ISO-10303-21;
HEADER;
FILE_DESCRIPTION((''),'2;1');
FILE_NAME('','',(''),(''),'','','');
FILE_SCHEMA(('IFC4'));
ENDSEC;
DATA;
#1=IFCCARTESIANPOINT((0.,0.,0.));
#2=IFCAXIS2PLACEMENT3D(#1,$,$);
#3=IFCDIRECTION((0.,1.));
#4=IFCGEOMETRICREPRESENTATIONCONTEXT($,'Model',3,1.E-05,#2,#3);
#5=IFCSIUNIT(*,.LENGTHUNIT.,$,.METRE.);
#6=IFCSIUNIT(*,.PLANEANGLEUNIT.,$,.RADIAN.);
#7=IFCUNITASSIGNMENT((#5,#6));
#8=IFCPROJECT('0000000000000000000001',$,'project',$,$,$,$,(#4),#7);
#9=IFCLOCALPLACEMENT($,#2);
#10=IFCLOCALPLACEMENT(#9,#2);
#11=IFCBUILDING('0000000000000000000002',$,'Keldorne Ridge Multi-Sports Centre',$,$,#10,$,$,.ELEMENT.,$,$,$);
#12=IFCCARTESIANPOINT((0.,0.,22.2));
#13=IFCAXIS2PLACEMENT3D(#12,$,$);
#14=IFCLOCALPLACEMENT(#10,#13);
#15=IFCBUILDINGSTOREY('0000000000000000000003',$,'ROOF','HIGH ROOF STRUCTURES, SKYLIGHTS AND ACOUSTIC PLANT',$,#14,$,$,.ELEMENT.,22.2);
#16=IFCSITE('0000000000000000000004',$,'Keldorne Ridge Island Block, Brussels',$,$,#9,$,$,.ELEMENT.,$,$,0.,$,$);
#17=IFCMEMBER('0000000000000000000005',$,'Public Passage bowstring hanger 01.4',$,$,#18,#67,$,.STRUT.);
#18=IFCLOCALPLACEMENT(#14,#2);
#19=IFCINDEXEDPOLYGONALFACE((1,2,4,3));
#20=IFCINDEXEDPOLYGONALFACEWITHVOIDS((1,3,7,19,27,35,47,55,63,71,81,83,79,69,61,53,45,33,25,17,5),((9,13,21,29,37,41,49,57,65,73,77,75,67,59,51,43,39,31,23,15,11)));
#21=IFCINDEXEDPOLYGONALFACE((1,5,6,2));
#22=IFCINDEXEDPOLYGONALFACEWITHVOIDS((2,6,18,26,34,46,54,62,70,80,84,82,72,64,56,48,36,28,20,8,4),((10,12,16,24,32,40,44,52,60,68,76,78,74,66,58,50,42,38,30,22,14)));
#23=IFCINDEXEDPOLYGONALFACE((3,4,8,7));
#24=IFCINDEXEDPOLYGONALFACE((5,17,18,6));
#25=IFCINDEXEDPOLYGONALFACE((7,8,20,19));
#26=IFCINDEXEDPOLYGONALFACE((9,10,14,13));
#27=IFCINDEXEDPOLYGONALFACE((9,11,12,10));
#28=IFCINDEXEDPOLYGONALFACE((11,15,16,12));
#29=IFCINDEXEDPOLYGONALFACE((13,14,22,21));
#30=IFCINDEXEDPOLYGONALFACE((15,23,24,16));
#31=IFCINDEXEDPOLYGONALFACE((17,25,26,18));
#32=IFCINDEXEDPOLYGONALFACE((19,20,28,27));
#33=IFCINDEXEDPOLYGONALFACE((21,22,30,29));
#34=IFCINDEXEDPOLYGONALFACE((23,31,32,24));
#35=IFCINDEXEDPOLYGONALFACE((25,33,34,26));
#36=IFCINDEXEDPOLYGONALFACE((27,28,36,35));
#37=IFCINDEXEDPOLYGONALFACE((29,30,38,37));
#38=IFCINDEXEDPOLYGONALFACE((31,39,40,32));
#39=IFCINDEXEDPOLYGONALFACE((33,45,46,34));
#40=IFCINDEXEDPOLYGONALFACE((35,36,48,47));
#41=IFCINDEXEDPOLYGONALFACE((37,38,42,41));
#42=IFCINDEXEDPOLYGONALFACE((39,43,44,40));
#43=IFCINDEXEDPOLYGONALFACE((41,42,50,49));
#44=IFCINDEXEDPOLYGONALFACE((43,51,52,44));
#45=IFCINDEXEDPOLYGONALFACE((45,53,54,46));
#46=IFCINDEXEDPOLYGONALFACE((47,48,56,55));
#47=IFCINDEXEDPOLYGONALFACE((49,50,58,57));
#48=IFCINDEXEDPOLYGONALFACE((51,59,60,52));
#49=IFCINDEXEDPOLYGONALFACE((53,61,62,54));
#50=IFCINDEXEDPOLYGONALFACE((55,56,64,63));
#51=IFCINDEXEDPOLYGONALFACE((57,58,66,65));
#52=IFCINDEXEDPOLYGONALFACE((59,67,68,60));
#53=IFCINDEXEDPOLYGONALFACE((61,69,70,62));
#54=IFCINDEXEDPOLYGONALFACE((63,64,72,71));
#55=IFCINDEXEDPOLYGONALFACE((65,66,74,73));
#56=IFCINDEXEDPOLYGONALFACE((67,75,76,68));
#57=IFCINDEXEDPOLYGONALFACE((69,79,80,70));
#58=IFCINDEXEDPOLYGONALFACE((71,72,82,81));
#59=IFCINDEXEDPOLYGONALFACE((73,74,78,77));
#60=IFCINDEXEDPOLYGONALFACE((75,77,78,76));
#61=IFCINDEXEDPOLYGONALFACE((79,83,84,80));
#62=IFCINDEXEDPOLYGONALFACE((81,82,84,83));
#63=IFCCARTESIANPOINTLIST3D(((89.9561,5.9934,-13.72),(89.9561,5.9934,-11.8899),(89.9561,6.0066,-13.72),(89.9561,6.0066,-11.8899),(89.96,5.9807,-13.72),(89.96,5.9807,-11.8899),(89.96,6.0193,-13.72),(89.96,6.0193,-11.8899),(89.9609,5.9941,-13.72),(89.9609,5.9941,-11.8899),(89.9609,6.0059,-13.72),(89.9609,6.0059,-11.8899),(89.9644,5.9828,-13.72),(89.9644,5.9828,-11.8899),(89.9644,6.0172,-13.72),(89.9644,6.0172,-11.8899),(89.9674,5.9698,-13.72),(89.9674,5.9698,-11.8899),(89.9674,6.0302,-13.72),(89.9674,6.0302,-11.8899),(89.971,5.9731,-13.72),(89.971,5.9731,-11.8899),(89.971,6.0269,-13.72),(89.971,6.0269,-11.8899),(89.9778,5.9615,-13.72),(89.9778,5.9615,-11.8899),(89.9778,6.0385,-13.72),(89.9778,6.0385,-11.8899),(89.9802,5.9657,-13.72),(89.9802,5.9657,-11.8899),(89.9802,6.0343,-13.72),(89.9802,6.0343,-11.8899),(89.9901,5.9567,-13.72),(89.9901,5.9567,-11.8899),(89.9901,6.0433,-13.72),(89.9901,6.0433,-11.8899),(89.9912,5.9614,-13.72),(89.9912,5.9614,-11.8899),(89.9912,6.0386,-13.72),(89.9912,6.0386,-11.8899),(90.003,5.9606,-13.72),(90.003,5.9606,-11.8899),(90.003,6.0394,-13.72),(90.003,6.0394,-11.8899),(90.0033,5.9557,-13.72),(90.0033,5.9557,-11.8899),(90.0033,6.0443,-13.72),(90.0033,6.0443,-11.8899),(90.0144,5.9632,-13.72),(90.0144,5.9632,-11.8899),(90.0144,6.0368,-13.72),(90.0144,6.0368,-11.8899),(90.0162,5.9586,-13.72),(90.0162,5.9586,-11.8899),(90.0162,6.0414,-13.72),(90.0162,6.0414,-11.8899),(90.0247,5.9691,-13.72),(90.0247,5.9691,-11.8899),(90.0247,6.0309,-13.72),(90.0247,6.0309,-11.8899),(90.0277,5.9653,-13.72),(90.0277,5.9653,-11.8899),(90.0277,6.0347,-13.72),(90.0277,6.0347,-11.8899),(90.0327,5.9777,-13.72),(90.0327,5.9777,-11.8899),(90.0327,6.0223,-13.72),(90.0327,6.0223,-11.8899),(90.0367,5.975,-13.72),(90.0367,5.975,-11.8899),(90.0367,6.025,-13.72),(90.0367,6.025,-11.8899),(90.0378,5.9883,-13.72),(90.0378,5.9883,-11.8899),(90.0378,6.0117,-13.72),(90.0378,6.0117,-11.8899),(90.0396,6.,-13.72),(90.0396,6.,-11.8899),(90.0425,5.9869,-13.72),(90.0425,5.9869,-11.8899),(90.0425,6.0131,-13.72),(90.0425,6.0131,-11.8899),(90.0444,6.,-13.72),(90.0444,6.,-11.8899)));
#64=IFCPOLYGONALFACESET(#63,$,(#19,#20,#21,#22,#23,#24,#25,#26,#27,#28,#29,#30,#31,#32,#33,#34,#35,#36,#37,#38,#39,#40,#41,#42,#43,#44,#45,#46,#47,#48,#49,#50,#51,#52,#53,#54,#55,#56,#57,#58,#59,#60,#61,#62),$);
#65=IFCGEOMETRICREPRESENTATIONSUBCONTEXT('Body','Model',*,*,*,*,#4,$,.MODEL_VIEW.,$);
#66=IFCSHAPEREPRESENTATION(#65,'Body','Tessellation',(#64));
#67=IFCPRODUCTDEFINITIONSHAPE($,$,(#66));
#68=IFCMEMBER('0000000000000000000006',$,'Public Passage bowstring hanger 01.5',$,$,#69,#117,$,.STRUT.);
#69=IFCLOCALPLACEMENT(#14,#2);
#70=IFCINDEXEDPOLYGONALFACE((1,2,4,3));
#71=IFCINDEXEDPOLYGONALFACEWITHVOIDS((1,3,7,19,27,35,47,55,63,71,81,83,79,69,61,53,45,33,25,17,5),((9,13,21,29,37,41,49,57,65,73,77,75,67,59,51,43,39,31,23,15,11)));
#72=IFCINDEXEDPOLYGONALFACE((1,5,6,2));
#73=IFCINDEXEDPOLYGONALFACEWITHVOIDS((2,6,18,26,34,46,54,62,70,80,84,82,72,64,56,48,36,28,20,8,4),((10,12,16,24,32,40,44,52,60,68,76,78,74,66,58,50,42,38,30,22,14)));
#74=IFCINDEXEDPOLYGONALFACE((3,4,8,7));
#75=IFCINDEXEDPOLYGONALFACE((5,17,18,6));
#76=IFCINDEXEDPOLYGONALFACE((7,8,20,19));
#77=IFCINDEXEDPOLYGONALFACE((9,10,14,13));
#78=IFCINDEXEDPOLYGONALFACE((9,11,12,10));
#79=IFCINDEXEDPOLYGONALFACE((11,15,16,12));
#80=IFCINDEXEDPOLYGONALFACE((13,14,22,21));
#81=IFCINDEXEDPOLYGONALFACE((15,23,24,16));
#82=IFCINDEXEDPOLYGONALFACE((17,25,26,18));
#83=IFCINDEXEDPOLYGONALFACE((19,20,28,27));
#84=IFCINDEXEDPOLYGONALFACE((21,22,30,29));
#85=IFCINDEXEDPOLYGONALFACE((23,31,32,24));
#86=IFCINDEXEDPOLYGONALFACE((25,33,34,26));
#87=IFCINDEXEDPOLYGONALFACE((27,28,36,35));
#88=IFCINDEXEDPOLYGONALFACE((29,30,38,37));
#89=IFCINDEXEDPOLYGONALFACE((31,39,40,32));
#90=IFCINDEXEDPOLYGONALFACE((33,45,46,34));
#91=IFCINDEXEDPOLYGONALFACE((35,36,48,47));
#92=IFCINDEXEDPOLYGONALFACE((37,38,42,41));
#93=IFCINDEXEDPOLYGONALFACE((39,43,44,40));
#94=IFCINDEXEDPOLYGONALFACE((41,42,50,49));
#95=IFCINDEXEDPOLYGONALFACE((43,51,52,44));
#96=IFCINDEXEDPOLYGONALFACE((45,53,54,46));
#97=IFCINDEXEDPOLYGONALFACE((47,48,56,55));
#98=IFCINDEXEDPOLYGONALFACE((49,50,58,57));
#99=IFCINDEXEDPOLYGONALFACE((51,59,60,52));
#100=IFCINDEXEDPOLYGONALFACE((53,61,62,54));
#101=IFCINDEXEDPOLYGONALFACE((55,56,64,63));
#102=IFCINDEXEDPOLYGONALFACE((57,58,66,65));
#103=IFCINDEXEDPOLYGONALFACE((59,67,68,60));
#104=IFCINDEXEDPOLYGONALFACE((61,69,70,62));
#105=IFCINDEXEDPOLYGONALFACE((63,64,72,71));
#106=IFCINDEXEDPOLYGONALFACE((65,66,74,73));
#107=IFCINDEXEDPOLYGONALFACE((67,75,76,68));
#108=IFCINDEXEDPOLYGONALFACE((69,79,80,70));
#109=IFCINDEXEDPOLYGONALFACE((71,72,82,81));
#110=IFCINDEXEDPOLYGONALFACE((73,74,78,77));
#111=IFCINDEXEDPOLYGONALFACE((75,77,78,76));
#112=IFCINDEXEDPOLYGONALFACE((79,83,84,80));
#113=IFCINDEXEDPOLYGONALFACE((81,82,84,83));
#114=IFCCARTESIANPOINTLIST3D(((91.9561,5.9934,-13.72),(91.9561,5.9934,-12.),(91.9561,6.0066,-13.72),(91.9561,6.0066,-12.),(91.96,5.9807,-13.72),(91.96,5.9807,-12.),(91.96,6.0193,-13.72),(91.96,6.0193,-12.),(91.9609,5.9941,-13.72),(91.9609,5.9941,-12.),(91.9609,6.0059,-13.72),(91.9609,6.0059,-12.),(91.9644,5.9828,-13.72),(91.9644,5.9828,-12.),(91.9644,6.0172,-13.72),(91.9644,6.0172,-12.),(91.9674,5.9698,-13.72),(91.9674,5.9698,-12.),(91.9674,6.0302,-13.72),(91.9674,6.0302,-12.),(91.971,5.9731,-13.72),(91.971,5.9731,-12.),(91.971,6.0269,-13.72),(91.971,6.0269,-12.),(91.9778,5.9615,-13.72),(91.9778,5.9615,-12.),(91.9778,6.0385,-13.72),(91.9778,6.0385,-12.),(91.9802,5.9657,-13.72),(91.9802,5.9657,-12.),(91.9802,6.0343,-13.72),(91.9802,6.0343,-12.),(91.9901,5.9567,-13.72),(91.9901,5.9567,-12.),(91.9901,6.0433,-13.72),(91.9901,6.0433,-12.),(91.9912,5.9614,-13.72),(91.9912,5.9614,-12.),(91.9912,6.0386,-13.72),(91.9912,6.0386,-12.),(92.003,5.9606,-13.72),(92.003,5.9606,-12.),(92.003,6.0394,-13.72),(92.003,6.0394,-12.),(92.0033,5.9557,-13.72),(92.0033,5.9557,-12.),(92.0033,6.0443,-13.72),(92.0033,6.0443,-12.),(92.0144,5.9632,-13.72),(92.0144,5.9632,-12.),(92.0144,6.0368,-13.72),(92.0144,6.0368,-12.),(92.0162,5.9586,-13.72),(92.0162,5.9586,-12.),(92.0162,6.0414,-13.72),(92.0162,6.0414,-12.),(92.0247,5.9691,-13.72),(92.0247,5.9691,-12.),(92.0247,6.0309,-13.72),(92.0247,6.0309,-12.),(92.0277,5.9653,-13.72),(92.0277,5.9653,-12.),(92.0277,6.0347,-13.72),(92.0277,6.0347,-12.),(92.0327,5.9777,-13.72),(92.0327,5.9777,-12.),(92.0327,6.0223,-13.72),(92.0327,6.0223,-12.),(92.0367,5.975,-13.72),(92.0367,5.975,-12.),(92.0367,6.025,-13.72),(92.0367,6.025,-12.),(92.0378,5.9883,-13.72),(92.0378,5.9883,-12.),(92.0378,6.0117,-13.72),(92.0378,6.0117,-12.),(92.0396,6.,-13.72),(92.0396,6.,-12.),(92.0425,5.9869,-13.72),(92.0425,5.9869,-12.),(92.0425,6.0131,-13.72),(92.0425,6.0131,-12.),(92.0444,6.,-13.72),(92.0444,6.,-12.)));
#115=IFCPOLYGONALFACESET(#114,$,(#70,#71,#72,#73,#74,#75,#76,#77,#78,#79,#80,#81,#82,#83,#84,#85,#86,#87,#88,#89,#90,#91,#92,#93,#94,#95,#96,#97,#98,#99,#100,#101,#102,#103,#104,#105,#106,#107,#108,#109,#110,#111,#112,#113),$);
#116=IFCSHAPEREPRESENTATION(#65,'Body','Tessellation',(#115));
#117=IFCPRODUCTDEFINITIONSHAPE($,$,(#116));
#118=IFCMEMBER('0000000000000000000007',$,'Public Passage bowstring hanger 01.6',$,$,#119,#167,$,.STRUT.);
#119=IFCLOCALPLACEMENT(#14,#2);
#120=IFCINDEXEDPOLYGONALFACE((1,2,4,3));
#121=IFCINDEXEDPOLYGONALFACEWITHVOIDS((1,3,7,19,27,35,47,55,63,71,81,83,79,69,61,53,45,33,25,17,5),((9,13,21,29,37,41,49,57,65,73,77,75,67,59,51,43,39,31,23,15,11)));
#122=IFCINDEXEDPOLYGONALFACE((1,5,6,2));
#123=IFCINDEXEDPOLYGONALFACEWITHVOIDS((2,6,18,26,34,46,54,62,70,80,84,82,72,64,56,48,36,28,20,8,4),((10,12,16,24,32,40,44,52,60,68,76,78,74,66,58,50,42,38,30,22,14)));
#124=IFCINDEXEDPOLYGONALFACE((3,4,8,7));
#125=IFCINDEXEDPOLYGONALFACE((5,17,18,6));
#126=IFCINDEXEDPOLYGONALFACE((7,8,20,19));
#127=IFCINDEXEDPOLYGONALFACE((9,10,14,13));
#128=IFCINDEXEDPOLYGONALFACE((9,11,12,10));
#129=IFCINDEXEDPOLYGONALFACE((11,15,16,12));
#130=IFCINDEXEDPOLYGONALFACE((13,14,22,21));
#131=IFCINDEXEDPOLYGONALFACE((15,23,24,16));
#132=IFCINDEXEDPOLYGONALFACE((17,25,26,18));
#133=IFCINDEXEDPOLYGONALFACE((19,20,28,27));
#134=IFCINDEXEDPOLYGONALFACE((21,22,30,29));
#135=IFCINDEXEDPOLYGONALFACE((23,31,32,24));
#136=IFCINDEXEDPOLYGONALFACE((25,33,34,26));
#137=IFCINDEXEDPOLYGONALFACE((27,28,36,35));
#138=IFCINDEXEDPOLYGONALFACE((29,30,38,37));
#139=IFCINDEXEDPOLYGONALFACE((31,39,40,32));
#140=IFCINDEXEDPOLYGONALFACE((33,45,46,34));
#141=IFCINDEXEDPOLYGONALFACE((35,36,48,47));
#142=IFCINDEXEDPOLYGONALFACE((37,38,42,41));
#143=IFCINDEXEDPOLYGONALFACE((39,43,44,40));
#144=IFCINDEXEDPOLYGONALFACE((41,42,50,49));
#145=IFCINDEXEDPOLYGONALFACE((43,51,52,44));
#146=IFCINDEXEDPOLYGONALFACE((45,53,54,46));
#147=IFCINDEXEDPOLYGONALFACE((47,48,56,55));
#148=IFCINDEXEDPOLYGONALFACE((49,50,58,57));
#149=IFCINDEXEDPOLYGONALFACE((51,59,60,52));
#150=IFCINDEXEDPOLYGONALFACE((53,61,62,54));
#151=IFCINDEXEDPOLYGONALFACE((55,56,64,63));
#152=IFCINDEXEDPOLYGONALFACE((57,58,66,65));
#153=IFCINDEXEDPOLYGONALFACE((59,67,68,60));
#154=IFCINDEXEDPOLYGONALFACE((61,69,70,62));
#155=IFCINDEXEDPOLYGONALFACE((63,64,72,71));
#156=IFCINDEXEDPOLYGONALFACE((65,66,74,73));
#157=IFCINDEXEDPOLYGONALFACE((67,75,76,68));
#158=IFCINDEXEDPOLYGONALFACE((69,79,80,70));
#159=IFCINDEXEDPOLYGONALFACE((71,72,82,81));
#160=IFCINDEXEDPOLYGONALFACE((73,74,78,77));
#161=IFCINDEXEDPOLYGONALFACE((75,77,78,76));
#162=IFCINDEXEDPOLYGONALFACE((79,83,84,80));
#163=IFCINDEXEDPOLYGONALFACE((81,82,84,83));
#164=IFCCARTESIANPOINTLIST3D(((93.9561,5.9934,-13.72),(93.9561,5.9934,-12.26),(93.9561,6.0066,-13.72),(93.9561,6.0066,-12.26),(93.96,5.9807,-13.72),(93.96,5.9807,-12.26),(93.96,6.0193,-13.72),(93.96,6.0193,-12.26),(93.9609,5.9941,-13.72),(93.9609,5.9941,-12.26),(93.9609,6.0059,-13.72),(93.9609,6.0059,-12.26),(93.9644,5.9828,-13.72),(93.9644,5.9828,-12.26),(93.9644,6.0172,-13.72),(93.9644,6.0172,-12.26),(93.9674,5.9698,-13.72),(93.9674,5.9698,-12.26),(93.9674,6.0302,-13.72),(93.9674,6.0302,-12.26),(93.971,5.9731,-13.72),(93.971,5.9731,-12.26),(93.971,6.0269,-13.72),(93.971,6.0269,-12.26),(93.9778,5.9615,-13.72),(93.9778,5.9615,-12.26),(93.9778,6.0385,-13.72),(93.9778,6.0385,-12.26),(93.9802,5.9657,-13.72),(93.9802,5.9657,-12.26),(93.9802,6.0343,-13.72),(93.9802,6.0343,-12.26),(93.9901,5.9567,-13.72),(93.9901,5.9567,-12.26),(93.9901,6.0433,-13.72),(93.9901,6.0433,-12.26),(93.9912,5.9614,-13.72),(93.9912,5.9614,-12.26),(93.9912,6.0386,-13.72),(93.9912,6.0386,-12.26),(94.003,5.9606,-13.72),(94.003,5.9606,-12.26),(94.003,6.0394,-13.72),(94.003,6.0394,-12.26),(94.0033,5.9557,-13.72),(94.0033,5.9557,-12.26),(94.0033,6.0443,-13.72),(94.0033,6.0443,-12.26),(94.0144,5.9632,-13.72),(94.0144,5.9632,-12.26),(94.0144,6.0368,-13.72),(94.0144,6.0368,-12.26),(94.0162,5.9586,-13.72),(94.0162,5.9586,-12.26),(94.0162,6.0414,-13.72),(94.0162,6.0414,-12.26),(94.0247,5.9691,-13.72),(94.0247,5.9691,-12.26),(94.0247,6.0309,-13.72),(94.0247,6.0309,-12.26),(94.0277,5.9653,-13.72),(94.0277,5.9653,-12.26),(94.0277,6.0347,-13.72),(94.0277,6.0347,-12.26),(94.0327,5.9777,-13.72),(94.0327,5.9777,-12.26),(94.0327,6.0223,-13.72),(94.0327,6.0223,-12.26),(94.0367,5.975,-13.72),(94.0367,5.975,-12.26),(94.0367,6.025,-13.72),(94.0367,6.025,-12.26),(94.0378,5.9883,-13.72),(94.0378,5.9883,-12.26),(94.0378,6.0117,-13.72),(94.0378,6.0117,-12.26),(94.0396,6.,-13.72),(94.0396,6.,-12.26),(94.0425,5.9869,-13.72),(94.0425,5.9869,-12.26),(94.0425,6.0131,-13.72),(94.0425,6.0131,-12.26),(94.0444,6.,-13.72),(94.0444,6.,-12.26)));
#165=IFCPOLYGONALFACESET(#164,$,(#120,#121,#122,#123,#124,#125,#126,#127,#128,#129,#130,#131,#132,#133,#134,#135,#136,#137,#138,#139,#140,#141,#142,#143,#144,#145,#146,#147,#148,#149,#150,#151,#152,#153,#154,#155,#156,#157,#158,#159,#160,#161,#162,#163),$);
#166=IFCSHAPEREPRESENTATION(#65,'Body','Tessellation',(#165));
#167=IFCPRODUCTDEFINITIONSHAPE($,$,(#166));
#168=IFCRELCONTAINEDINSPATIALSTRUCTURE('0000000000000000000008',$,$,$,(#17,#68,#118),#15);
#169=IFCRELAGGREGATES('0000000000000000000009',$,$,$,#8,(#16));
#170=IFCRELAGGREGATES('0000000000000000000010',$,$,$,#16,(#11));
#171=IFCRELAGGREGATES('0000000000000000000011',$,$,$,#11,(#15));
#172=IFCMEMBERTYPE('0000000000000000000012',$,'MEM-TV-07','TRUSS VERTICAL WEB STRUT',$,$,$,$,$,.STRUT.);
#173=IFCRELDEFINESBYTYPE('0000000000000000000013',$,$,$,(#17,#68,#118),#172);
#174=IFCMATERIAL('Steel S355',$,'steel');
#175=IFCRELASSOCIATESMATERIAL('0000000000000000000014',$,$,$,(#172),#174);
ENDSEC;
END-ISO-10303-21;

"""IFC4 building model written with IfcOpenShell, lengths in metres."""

from ifc_helpers import new_model, si_unit, direction, frame, origin, origin_2d, place, context, subcontext, project, spatial, hollow_circle, extrude, material, material_profile, profile_set, type_object, element, save


model = new_model("IFC4")

# Units and contexts
model_context = context("Model", 3, precision=1e-05, world=origin(), true_north=direction((0.0, 1.0)))
body_context = subcontext(model_context, "Body", "Model", "MODEL_VIEW")
ifc_project = project(units=[si_unit("LENGTHUNIT", "METRE"), si_unit("PLANEANGLEUNIT", "RADIAN")], contexts=[model_context])

# Site, building, storey
site_placement = place(None, origin())
site = spatial("IfcSite", under=ifc_project, at=site_placement, Name="Keldorne Ridge Island Block, Brussels", CompositionType="ELEMENT", RefElevation=0.0)
building_placement = place(site_placement, origin())
building = spatial("IfcBuilding", under=site, at=building_placement, Name="Keldorne Ridge Multi-Sports Centre", CompositionType="ELEMENT")
storey_placement = place(building_placement, frame((0.0, 0.0, 22.2)))
storey = spatial("IfcBuildingStorey", under=building, at=storey_placement, Name="ROOF", Description="HIGH ROOF STRUCTURES, SKYLIGHTS AND ACOUSTIC PLANT", CompositionType="ELEMENT", Elevation=22.2)

# Members
ifc_material = material(Name="Steel S355", Category="steel")
ifc_material_profile_1 = material_profile(ifc_material, hollow_circle(Radius=0.0444, WallThickness=0.0049, at=origin_2d()), Name="CHS 88.9x5")
ifc_profile_set_1 = profile_set([ifc_material_profile_1], Name="Steel S355")
member_type_1 = type_object("IfcMemberType", Name="MEM-TV-07", Description="TRUSS VERTICAL WEB STRUT", PredefinedType="STRUT", material=ifc_profile_set_1)
member_1_placement = place(storey_placement, frame((90.0, 6.0, -13.72), z_axis=(0.0, 0.0, 1.0), x_axis=(1.0, 0.0, 0.0)))
element("IfcMember", 1, at=member_1_placement, inside=storey, type_object=member_type_1, Name="Public Passage bowstring hanger 01.4", PredefinedType="STRUT", context=body_context, shape_type="SweptSolid", body=[
    extrude(hollow_circle(Radius=0.0444, WallThickness=0.0049, at=origin_2d()), origin(), (0.0, 0.0, 1.0), 1.8301),
])
member_2_placement = place(storey_placement, frame((92.0, 6.0, -13.72), z_axis=(0.0, 0.0, 1.0), x_axis=(1.0, 0.0, 0.0)))
element("IfcMember", 2, at=member_2_placement, inside=storey, type_object=member_type_1, Name="Public Passage bowstring hanger 01.5", PredefinedType="STRUT", context=body_context, shape_type="SweptSolid", body=[
    extrude(hollow_circle(Radius=0.0444, WallThickness=0.0049, at=origin_2d()), origin(), (0.0, 0.0, 1.0), 1.72),
])
member_3_placement = place(storey_placement, frame((94.0, 6.0, -13.72), z_axis=(0.0, 0.0, 1.0), x_axis=(1.0, 0.0, 0.0)))
element("IfcMember", 3, at=member_3_placement, inside=storey, type_object=member_type_1, Name="Public Passage bowstring hanger 01.6", PredefinedType="STRUT", context=body_context, shape_type="SweptSolid", body=[
    extrude(hollow_circle(Radius=0.0444, WallThickness=0.0049, at=origin_2d()), origin(), (0.0, 0.0, 1.0), 1.46),
])

save(model, "model.ifc")
